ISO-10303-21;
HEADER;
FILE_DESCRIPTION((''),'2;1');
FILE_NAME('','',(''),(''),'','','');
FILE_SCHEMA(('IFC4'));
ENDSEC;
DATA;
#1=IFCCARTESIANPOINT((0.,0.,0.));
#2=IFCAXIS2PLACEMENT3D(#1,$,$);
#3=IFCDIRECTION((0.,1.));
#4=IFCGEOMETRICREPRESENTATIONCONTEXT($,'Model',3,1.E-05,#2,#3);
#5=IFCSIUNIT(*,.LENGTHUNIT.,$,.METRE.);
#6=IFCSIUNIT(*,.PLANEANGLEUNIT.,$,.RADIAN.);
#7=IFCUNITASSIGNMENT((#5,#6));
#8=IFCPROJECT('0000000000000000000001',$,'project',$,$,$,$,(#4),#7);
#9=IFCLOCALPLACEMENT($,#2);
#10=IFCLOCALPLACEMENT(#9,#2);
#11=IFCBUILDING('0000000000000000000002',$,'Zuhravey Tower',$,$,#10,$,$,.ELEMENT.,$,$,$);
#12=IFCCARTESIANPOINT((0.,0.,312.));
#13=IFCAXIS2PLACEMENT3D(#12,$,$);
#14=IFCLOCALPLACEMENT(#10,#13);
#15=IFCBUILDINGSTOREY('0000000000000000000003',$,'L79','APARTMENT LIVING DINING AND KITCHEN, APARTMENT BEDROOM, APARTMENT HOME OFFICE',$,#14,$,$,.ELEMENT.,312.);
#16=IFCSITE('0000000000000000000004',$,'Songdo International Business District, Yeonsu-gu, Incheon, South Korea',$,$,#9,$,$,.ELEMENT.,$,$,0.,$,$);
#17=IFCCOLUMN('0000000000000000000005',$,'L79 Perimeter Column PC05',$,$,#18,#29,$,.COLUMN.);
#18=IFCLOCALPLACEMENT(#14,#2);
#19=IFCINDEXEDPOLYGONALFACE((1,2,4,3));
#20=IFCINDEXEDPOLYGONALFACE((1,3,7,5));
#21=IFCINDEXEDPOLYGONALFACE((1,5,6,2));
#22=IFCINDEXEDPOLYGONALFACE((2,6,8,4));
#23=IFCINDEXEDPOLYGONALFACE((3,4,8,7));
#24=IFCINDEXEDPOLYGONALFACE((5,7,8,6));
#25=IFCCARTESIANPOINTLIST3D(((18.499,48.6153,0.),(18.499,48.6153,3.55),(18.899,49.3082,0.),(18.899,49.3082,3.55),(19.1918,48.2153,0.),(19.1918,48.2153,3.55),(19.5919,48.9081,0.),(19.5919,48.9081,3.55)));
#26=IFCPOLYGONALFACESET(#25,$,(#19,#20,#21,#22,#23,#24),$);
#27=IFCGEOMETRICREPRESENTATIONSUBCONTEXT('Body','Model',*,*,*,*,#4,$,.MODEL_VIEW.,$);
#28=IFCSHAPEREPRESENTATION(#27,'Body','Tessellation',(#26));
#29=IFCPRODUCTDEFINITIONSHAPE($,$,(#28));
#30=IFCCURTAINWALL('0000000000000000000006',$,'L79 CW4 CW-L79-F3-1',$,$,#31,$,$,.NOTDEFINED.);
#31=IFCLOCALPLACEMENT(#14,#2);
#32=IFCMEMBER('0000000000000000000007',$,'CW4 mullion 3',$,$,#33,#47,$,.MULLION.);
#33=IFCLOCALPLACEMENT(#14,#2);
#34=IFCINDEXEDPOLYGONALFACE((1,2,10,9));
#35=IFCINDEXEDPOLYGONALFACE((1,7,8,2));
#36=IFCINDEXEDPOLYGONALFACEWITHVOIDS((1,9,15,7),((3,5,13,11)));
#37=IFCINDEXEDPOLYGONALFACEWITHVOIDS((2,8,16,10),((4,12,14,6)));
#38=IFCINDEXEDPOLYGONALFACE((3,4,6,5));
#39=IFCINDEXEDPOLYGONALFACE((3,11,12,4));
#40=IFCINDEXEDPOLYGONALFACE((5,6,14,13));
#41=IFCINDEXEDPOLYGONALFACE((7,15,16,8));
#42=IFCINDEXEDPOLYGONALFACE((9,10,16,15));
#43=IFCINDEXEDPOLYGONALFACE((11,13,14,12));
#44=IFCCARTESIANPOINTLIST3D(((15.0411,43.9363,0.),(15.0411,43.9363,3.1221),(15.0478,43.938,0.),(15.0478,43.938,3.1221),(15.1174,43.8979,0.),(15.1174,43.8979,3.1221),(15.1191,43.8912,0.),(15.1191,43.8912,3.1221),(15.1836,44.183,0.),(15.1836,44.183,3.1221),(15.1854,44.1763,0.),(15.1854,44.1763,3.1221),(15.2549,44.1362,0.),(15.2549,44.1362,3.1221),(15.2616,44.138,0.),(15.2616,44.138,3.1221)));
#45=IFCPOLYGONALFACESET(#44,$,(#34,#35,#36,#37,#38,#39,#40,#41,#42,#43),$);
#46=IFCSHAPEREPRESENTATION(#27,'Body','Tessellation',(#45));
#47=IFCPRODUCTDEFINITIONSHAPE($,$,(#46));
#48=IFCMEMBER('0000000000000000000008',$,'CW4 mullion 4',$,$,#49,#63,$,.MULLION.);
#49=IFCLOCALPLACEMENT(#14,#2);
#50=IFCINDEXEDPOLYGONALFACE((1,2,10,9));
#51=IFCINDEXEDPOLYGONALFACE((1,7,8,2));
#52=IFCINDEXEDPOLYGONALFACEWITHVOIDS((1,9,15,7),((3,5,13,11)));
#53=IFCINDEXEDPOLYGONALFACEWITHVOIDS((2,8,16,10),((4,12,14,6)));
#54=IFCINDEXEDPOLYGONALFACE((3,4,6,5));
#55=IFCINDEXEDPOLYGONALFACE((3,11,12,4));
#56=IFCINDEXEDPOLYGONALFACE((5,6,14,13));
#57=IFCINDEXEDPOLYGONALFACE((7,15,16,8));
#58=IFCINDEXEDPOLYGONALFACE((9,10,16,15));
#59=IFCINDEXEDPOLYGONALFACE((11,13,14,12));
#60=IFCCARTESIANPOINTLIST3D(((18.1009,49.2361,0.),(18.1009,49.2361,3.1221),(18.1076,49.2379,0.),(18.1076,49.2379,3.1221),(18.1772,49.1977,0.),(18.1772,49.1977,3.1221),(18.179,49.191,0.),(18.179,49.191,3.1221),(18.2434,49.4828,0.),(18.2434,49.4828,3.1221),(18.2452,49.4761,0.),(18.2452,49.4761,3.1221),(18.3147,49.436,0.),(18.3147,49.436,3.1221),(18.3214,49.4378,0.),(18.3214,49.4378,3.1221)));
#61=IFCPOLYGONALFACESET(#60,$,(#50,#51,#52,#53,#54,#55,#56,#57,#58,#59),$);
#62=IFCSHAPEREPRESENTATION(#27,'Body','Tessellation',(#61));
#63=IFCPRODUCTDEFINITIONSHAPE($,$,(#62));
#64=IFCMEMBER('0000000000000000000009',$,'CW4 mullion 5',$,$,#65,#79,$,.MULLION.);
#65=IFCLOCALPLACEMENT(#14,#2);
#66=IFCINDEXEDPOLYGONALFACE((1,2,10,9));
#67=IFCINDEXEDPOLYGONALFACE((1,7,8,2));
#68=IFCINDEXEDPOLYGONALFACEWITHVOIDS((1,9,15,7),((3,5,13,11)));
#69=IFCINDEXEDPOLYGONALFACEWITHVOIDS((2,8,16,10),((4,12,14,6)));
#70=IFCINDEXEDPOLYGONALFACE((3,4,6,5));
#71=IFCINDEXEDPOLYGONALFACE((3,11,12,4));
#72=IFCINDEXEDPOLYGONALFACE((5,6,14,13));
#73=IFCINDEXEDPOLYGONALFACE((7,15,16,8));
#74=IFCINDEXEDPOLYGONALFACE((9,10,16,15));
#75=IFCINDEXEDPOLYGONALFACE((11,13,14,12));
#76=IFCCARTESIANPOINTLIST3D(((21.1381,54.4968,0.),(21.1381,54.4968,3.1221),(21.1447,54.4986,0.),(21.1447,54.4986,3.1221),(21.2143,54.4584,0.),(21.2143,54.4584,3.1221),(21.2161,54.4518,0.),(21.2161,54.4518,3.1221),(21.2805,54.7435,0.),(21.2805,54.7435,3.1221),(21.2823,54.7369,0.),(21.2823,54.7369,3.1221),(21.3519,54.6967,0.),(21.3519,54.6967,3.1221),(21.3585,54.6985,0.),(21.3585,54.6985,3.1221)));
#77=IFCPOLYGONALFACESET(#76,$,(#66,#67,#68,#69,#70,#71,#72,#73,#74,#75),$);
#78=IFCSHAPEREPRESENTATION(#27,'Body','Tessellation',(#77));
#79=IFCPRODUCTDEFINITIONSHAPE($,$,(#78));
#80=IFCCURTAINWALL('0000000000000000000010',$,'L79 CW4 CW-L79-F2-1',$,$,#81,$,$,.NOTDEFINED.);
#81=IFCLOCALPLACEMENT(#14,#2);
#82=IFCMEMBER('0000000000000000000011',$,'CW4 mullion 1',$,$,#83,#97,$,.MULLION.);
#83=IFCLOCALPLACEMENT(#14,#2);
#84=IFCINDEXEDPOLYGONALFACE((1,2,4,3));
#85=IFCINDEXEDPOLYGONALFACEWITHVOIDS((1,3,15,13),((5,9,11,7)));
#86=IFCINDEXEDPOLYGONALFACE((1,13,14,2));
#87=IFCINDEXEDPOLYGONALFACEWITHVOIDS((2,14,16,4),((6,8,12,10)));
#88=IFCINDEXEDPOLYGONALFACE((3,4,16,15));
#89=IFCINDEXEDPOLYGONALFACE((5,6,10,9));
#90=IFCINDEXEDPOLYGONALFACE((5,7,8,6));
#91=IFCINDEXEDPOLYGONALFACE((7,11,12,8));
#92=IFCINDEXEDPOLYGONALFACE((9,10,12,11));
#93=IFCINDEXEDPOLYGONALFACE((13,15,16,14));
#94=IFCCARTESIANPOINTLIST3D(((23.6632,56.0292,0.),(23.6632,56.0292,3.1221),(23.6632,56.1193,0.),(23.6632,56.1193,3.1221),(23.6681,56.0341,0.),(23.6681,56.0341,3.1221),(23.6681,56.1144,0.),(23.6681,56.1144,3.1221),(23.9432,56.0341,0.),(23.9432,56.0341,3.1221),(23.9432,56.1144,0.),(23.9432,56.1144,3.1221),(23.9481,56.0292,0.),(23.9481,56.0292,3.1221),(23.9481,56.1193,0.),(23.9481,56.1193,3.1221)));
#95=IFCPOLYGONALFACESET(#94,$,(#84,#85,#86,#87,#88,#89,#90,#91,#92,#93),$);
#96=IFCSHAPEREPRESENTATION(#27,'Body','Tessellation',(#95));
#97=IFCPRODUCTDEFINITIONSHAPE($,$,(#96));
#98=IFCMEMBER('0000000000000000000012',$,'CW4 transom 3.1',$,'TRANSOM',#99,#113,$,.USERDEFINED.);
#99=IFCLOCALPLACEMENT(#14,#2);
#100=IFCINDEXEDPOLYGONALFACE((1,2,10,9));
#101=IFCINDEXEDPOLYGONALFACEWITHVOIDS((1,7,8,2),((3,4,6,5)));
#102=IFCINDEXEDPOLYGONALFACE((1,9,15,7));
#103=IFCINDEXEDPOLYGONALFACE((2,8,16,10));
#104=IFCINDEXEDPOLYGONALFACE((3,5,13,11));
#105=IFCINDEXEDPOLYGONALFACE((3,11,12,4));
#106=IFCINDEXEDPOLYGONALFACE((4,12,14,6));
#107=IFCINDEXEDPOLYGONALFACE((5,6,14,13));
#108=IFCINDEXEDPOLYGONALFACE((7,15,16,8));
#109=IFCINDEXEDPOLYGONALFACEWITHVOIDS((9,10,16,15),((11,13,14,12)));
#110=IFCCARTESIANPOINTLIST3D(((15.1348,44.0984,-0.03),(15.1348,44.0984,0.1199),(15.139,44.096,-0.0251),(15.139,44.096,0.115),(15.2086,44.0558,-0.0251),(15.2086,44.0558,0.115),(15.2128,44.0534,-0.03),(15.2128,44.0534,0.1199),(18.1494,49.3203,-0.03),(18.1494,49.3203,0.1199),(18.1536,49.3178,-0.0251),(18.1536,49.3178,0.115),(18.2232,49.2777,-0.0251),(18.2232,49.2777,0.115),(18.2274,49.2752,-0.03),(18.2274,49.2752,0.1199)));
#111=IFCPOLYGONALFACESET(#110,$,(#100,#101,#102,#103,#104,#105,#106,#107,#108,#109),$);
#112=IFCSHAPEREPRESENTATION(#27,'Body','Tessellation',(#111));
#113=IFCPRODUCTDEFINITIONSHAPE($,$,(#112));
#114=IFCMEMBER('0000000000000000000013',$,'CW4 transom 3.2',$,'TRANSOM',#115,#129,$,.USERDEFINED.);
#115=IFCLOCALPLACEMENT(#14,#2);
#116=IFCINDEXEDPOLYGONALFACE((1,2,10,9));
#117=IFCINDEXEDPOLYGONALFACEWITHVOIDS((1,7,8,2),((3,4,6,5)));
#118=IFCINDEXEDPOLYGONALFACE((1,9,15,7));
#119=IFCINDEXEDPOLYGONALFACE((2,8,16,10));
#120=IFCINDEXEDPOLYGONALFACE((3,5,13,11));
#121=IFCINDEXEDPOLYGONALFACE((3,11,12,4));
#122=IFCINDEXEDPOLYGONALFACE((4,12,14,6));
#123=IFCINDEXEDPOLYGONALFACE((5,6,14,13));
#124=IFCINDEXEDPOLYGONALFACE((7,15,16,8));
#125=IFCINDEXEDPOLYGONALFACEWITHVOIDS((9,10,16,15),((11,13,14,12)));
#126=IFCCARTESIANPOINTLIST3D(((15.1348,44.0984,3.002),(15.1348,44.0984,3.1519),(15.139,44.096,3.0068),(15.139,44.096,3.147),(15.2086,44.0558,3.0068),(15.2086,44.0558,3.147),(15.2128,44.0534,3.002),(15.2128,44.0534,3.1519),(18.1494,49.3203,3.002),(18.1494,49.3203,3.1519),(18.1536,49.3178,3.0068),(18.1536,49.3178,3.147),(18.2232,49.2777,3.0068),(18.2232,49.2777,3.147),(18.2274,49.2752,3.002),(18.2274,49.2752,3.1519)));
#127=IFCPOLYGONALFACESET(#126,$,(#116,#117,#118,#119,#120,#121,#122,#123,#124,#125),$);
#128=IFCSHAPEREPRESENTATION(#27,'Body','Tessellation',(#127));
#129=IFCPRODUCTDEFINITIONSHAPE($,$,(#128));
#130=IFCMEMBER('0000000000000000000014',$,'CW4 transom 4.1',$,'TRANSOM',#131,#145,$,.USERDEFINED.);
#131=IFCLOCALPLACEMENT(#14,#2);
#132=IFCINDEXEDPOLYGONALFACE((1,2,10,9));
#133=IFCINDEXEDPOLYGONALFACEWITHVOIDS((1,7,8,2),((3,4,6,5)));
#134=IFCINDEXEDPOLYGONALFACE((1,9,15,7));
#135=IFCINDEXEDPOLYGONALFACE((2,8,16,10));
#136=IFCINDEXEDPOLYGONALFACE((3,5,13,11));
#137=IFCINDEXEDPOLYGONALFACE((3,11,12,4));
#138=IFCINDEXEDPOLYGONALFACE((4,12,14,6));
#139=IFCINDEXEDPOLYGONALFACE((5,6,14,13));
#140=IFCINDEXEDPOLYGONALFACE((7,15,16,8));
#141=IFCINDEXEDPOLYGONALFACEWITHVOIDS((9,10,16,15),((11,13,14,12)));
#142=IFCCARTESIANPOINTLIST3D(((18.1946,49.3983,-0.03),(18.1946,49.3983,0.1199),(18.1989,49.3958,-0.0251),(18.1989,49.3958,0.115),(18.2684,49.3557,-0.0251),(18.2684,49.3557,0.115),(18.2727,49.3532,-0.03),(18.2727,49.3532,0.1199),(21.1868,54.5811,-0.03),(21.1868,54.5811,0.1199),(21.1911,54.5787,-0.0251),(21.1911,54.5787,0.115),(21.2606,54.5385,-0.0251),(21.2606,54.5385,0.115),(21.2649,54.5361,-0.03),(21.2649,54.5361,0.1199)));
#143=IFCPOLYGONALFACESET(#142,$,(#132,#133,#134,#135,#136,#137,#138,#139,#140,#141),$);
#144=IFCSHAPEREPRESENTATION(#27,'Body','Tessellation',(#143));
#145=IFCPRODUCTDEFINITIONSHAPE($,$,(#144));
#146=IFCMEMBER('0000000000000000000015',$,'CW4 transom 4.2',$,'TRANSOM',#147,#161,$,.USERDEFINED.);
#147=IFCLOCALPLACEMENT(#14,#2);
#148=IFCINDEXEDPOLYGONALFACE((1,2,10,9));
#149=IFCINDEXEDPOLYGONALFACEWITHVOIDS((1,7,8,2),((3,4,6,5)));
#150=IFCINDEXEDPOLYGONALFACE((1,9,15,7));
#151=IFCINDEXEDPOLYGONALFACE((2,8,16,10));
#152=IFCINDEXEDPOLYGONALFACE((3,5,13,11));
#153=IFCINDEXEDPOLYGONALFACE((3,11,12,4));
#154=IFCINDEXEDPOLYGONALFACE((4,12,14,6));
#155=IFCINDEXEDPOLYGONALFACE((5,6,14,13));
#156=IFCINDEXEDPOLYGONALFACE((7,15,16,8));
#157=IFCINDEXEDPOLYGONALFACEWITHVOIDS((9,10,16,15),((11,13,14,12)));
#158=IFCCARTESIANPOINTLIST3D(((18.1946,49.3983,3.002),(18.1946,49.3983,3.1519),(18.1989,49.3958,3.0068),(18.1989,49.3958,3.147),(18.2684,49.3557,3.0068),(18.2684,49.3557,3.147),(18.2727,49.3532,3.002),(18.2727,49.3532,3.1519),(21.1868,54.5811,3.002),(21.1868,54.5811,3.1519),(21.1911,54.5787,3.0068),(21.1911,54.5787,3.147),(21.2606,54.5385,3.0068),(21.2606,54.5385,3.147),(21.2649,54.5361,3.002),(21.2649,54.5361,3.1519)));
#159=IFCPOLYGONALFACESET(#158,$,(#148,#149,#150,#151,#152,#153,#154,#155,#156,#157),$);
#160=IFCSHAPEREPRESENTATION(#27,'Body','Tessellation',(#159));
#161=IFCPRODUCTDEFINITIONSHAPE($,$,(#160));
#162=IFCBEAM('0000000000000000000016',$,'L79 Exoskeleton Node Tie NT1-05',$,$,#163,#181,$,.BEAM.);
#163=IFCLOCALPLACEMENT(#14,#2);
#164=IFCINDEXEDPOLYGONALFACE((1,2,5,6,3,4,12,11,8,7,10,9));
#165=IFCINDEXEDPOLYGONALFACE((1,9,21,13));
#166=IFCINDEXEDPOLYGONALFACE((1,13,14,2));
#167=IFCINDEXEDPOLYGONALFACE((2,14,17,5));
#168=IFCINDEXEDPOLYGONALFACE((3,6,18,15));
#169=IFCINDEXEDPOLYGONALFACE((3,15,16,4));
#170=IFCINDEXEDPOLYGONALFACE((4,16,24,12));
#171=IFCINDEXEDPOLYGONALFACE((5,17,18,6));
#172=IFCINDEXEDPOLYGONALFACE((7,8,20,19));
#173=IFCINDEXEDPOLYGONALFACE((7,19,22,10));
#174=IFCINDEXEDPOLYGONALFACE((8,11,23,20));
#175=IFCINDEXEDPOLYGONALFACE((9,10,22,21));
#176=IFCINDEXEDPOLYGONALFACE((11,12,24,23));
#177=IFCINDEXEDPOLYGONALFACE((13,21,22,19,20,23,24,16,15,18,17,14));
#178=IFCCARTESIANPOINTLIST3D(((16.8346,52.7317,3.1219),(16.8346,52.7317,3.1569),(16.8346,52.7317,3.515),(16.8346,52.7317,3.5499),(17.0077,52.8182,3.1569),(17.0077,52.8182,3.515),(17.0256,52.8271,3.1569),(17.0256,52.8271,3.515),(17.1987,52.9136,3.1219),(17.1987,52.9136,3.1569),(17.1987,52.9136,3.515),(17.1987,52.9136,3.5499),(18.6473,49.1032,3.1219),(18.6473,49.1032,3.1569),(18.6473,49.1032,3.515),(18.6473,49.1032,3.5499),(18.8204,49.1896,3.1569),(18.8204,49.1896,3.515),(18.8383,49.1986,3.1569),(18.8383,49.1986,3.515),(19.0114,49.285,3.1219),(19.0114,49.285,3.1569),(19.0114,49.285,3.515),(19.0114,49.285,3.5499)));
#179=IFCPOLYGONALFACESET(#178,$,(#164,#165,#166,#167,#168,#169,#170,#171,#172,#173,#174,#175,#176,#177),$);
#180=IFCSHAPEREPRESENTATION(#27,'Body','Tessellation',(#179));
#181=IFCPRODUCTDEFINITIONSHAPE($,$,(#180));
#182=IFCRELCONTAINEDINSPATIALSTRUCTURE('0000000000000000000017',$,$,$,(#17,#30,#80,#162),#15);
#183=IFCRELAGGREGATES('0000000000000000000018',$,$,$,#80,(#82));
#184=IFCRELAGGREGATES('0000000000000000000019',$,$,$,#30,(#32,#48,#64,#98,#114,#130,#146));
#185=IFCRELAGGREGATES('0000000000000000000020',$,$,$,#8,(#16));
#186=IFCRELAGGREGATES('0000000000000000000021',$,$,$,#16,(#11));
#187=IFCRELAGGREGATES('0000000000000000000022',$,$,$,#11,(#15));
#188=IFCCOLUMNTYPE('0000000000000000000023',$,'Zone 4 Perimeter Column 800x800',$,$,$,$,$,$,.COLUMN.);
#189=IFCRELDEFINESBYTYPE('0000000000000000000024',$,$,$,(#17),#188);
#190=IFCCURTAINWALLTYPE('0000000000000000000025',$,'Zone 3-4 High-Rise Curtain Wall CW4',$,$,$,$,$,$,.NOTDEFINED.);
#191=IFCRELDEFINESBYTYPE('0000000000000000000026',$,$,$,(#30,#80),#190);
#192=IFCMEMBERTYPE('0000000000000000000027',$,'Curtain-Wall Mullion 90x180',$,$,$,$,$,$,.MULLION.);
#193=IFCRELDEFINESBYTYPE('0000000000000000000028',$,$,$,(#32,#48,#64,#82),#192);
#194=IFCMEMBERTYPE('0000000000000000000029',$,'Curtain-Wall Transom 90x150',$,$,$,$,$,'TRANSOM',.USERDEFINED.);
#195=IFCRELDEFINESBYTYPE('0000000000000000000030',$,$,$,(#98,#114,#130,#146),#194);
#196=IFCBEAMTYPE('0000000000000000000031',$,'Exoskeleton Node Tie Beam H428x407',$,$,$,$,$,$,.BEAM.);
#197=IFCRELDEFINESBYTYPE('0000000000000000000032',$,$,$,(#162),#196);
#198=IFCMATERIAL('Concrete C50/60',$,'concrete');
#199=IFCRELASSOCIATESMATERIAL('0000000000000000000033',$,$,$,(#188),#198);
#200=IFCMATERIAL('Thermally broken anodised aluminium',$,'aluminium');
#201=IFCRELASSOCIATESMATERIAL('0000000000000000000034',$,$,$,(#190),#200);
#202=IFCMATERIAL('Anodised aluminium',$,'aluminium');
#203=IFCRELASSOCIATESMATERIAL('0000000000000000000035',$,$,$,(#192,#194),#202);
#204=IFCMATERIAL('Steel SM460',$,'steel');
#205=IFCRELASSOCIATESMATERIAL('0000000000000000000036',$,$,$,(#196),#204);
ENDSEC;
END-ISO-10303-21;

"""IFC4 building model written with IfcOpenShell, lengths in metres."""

from ifc_helpers import new_model, si_unit, direction, frame, origin, origin_2d, place, context, subcontext, project, spatial, rectangle, hollow_rectangle, i_section, extrude, material, material_profile, profile_set, type_object, element, aggregate, save


model = new_model("IFC4")

# Units and contexts
model_context = context("Model", 3, precision=1e-05, world=origin(), true_north=direction((0.0, 1.0)))
body_context = subcontext(model_context, "Body", "Model", "MODEL_VIEW")
ifc_project = project(units=[si_unit("LENGTHUNIT", "METRE"), si_unit("PLANEANGLEUNIT", "RADIAN")], contexts=[model_context])

# Site, building, storey
site_placement = place(None, origin())
site = spatial("IfcSite", under=ifc_project, at=site_placement, Name="Songdo International Business District, Yeonsu-gu, Incheon, South Korea", CompositionType="ELEMENT", RefElevation=0.0)
building_placement = place(site_placement, origin())
building = spatial("IfcBuilding", under=site, at=building_placement, Name="Zuhravey Tower", CompositionType="ELEMENT")
storey_placement = place(building_placement, frame((0.0, 0.0, 312.0)))
storey = spatial("IfcBuildingStorey", under=building, at=storey_placement, Name="L79", Description="APARTMENT LIVING DINING AND KITCHEN, APARTMENT BEDROOM, APARTMENT HOME OFFICE", CompositionType="ELEMENT", Elevation=312.0)

# Column
ifc_material_1 = material(Name="Concrete C50/60", Category="concrete")
ifc_material_profile_1 = material_profile(ifc_material_1, rectangle(XDim=0.8, YDim=0.8, at=origin_2d()), Name="RC-800x800")
ifc_profile_set_1 = profile_set([ifc_material_profile_1], Name="Concrete C50/60")
column_type = type_object("IfcColumnType", Name="Zone 4 Perimeter Column 800x800", PredefinedType="COLUMN", material=ifc_profile_set_1)
column_placement = place(storey_placement, frame((19.0454, 48.7617, 0.0), z_axis=(0.0, 0.0, 1.0), x_axis=(-0.5, -0.866025, 0.0)))
element("IfcColumn", 1, at=column_placement, inside=storey, type_object=column_type, Name="L79 Perimeter Column PC05", PredefinedType="COLUMN", context=body_context, shape_type="SweptSolid", body=[
    extrude(rectangle(XDim=0.8, YDim=0.8, at=origin_2d()), origin(), (0.0, 0.0, 1.0), 3.55),
])

# Curtain wall, members
ifc_material_2 = material(Name="Thermally broken anodised aluminium", Category="aluminium")
curtain_wall_type = type_object("IfcCurtainWallType", Name="Zone 3-4 High-Rise Curtain Wall CW4", PredefinedType="NOTDEFINED", material=ifc_material_2)
curtain_wall_1_placement = place(storey_placement, origin())
curtain_wall_1 = element("IfcCurtainWall", 2, at=curtain_wall_1_placement, inside=storey, type_object=curtain_wall_type, Name="L79 CW4 CW-L79-F3-1", PredefinedType="NOTDEFINED")
ifc_material_3 = material(Name="Anodised aluminium", Category="aluminium")
ifc_material_profile_2 = material_profile(ifc_material_3, hollow_rectangle(XDim=0.0901, YDim=0.2849, WallThickness=0.0049, at=origin_2d()), Name="ALU-RHS-90x285x5")
ifc_profile_set_2 = profile_set([ifc_material_profile_2], Name="Anodised aluminium")
member_type_1 = type_object("IfcMemberType", Name="Curtain-Wall Mullion 90x180", PredefinedType="MULLION", material=ifc_profile_set_2)
member_1_placement = place(storey_placement, frame((15.1514, 44.0371, 0.0), z_axis=(0.0, 0.0, 1.0), x_axis=(-0.866026, 0.5, 0.0)))
member_1 = element("IfcMember", 3, at=member_1_placement, type_object=member_type_1, Name="CW4 mullion 3", PredefinedType="MULLION", context=body_context, shape_type="SweptSolid", body=[
    extrude(hollow_rectangle(XDim=0.0901, YDim=0.2849, WallThickness=0.0049, at=origin_2d()), origin(), (0.0, 0.0, 1.0), 3.1221),
])
member_2_placement = place(storey_placement, frame((18.2112, 49.3369, 0.0), z_axis=(0.0, 0.0, 1.0), x_axis=(-0.866026, 0.5, 0.0)))
member_2 = element("IfcMember", 4, at=member_2_placement, type_object=member_type_1, Name="CW4 mullion 4", PredefinedType="MULLION", context=body_context, shape_type="SweptSolid", body=[
    extrude(hollow_rectangle(XDim=0.0901, YDim=0.2849, WallThickness=0.0049, at=origin_2d()), origin(), (0.0, 0.0, 1.0), 3.1221),
])
member_3_placement = place(storey_placement, frame((21.2483, 54.5977, 0.0), z_axis=(0.0, 0.0, 1.0), x_axis=(-0.866026, 0.5, 0.0)))
member_3 = element("IfcMember", 5, at=member_3_placement, type_object=member_type_1, Name="CW4 mullion 5", PredefinedType="MULLION", context=body_context, shape_type="SweptSolid", body=[
    extrude(hollow_rectangle(XDim=0.0901, YDim=0.2849, WallThickness=0.0049, at=origin_2d()), origin(), (0.0, 0.0, 1.0), 3.1221),
])

# Curtain wall, member
curtain_wall_2_placement = place(storey_placement, origin())
curtain_wall_2 = element("IfcCurtainWall", 6, at=curtain_wall_2_placement, inside=storey, type_object=curtain_wall_type, Name="L79 CW4 CW-L79-F2-1", PredefinedType="NOTDEFINED")
member_4_placement = place(storey_placement, frame((23.8057, 56.0742, 0.0), z_axis=(0.0, 0.0, 1.0), x_axis=(0.0, 1.0, 0.0)))
member_4 = element("IfcMember", 7, at=member_4_placement, type_object=member_type_1, Name="CW4 mullion 1", PredefinedType="MULLION", context=body_context, shape_type="SweptSolid", body=[
    extrude(hollow_rectangle(XDim=0.0901, YDim=0.2849, WallThickness=0.0049, at=origin_2d()), origin(), (0.0, 0.0, 1.0), 3.1221),
])
aggregate(curtain_wall_2, [member_4])

# Members
ifc_material_profile_3 = material_profile(ifc_material_3, hollow_rectangle(XDim=0.0901, YDim=0.1499, WallThickness=0.0049, at=origin_2d()), Name="ALU-RHS-90x150x5")
ifc_profile_set_3 = profile_set([ifc_material_profile_3], Name="Anodised aluminium")
member_type_2 = type_object("IfcMemberType", Name="Curtain-Wall Transom 90x150", ElementType="TRANSOM", PredefinedType="USERDEFINED", material=ifc_profile_set_3)
member_5_placement = place(storey_placement, frame((15.1738, 44.0759, 0.0449), z_axis=(0.499971, 0.866042, 0.0), x_axis=(-0.866042, 0.499971, 0.0)))
member_5 = element("IfcMember", 8, at=member_5_placement, type_object=member_type_2, Name="CW4 transom 3.1", ObjectType="TRANSOM", PredefinedType="USERDEFINED", context=body_context, shape_type="SweptSolid", body=[
    extrude(hollow_rectangle(XDim=0.0901, YDim=0.1499, WallThickness=0.0049, at=origin_2d()), origin(), (0.0, 0.0, 1.0), 6.0295),
])
member_6_placement = place(storey_placement, frame((15.1738, 44.0759, 3.0769), z_axis=(0.499971, 0.866042, 0.0), x_axis=(-0.866042, 0.499971, 0.0)))
member_6 = element("IfcMember", 9, at=member_6_placement, type_object=member_type_2, Name="CW4 transom 3.2", ObjectType="TRANSOM", PredefinedType="USERDEFINED", context=body_context, shape_type="SweptSolid", body=[
    extrude(hollow_rectangle(XDim=0.0901, YDim=0.1499, WallThickness=0.0049, at=origin_2d()), origin(), (0.0, 0.0, 1.0), 6.0295),
])
member_7_placement = place(storey_placement, frame((18.2336, 49.3757, 0.0449), z_axis=(0.499983, 0.866035, 0.0), x_axis=(-0.866035, 0.499983, 0.0)))
member_7 = element("IfcMember", 10, at=member_7_placement, type_object=member_type_2, Name="CW4 transom 4.1", ObjectType="TRANSOM", PredefinedType="USERDEFINED", context=body_context, shape_type="SweptSolid", body=[
    extrude(hollow_rectangle(XDim=0.0901, YDim=0.1499, WallThickness=0.0049, at=origin_2d()), origin(), (0.0, 0.0, 1.0), 5.9846),
])
member_8_placement = place(storey_placement, frame((18.2336, 49.3757, 3.0769), z_axis=(0.499983, 0.866035, 0.0), x_axis=(-0.866035, 0.499983, 0.0)))
member_8 = element("IfcMember", 11, at=member_8_placement, type_object=member_type_2, Name="CW4 transom 4.2", ObjectType="TRANSOM", PredefinedType="USERDEFINED", context=body_context, shape_type="SweptSolid", body=[
    extrude(hollow_rectangle(XDim=0.0901, YDim=0.1499, WallThickness=0.0049, at=origin_2d()), origin(), (0.0, 0.0, 1.0), 5.9846),
])

# Beam
ifc_material_4 = material(Name="Steel SM460", Category="steel")
ifc_material_profile_4 = material_profile(ifc_material_4, i_section(OverallWidth=0.407, OverallDepth=0.428, WebThickness=0.02, FlangeThickness=0.0349, at=origin_2d()), Name="H-428x407x20x35")
ifc_profile_set_4 = profile_set([ifc_material_profile_4], Name="Steel SM460")
beam_type_1 = type_object("IfcBeamType", Name="Exoskeleton Node Tie Beam H428x407", PredefinedType="BEAM", material=ifc_profile_set_4)
beam_1_placement = place(storey_placement, frame((18.8293, 49.1941, 3.3359), z_axis=(-0.446901, 0.894584, 0.0), x_axis=(-0.894584, -0.446901, 0.0)))
element("IfcBeam", 12, at=beam_1_placement, inside=storey, type_object=beam_type_1, Name="L79 Exoskeleton Node Tie NT1-05", PredefinedType="BEAM", context=body_context, shape_type="SweptSolid", body=[
    extrude(i_section(OverallWidth=0.407, OverallDepth=0.428, WebThickness=0.02, FlangeThickness=0.0349, at=origin_2d()), origin(), (0.0, 0.0, 1.0), 4.0562),
])

aggregate(curtain_wall_1, [member_1, member_2, member_3, member_5, member_6, member_7, member_8])

save(model, "model.ifc")
